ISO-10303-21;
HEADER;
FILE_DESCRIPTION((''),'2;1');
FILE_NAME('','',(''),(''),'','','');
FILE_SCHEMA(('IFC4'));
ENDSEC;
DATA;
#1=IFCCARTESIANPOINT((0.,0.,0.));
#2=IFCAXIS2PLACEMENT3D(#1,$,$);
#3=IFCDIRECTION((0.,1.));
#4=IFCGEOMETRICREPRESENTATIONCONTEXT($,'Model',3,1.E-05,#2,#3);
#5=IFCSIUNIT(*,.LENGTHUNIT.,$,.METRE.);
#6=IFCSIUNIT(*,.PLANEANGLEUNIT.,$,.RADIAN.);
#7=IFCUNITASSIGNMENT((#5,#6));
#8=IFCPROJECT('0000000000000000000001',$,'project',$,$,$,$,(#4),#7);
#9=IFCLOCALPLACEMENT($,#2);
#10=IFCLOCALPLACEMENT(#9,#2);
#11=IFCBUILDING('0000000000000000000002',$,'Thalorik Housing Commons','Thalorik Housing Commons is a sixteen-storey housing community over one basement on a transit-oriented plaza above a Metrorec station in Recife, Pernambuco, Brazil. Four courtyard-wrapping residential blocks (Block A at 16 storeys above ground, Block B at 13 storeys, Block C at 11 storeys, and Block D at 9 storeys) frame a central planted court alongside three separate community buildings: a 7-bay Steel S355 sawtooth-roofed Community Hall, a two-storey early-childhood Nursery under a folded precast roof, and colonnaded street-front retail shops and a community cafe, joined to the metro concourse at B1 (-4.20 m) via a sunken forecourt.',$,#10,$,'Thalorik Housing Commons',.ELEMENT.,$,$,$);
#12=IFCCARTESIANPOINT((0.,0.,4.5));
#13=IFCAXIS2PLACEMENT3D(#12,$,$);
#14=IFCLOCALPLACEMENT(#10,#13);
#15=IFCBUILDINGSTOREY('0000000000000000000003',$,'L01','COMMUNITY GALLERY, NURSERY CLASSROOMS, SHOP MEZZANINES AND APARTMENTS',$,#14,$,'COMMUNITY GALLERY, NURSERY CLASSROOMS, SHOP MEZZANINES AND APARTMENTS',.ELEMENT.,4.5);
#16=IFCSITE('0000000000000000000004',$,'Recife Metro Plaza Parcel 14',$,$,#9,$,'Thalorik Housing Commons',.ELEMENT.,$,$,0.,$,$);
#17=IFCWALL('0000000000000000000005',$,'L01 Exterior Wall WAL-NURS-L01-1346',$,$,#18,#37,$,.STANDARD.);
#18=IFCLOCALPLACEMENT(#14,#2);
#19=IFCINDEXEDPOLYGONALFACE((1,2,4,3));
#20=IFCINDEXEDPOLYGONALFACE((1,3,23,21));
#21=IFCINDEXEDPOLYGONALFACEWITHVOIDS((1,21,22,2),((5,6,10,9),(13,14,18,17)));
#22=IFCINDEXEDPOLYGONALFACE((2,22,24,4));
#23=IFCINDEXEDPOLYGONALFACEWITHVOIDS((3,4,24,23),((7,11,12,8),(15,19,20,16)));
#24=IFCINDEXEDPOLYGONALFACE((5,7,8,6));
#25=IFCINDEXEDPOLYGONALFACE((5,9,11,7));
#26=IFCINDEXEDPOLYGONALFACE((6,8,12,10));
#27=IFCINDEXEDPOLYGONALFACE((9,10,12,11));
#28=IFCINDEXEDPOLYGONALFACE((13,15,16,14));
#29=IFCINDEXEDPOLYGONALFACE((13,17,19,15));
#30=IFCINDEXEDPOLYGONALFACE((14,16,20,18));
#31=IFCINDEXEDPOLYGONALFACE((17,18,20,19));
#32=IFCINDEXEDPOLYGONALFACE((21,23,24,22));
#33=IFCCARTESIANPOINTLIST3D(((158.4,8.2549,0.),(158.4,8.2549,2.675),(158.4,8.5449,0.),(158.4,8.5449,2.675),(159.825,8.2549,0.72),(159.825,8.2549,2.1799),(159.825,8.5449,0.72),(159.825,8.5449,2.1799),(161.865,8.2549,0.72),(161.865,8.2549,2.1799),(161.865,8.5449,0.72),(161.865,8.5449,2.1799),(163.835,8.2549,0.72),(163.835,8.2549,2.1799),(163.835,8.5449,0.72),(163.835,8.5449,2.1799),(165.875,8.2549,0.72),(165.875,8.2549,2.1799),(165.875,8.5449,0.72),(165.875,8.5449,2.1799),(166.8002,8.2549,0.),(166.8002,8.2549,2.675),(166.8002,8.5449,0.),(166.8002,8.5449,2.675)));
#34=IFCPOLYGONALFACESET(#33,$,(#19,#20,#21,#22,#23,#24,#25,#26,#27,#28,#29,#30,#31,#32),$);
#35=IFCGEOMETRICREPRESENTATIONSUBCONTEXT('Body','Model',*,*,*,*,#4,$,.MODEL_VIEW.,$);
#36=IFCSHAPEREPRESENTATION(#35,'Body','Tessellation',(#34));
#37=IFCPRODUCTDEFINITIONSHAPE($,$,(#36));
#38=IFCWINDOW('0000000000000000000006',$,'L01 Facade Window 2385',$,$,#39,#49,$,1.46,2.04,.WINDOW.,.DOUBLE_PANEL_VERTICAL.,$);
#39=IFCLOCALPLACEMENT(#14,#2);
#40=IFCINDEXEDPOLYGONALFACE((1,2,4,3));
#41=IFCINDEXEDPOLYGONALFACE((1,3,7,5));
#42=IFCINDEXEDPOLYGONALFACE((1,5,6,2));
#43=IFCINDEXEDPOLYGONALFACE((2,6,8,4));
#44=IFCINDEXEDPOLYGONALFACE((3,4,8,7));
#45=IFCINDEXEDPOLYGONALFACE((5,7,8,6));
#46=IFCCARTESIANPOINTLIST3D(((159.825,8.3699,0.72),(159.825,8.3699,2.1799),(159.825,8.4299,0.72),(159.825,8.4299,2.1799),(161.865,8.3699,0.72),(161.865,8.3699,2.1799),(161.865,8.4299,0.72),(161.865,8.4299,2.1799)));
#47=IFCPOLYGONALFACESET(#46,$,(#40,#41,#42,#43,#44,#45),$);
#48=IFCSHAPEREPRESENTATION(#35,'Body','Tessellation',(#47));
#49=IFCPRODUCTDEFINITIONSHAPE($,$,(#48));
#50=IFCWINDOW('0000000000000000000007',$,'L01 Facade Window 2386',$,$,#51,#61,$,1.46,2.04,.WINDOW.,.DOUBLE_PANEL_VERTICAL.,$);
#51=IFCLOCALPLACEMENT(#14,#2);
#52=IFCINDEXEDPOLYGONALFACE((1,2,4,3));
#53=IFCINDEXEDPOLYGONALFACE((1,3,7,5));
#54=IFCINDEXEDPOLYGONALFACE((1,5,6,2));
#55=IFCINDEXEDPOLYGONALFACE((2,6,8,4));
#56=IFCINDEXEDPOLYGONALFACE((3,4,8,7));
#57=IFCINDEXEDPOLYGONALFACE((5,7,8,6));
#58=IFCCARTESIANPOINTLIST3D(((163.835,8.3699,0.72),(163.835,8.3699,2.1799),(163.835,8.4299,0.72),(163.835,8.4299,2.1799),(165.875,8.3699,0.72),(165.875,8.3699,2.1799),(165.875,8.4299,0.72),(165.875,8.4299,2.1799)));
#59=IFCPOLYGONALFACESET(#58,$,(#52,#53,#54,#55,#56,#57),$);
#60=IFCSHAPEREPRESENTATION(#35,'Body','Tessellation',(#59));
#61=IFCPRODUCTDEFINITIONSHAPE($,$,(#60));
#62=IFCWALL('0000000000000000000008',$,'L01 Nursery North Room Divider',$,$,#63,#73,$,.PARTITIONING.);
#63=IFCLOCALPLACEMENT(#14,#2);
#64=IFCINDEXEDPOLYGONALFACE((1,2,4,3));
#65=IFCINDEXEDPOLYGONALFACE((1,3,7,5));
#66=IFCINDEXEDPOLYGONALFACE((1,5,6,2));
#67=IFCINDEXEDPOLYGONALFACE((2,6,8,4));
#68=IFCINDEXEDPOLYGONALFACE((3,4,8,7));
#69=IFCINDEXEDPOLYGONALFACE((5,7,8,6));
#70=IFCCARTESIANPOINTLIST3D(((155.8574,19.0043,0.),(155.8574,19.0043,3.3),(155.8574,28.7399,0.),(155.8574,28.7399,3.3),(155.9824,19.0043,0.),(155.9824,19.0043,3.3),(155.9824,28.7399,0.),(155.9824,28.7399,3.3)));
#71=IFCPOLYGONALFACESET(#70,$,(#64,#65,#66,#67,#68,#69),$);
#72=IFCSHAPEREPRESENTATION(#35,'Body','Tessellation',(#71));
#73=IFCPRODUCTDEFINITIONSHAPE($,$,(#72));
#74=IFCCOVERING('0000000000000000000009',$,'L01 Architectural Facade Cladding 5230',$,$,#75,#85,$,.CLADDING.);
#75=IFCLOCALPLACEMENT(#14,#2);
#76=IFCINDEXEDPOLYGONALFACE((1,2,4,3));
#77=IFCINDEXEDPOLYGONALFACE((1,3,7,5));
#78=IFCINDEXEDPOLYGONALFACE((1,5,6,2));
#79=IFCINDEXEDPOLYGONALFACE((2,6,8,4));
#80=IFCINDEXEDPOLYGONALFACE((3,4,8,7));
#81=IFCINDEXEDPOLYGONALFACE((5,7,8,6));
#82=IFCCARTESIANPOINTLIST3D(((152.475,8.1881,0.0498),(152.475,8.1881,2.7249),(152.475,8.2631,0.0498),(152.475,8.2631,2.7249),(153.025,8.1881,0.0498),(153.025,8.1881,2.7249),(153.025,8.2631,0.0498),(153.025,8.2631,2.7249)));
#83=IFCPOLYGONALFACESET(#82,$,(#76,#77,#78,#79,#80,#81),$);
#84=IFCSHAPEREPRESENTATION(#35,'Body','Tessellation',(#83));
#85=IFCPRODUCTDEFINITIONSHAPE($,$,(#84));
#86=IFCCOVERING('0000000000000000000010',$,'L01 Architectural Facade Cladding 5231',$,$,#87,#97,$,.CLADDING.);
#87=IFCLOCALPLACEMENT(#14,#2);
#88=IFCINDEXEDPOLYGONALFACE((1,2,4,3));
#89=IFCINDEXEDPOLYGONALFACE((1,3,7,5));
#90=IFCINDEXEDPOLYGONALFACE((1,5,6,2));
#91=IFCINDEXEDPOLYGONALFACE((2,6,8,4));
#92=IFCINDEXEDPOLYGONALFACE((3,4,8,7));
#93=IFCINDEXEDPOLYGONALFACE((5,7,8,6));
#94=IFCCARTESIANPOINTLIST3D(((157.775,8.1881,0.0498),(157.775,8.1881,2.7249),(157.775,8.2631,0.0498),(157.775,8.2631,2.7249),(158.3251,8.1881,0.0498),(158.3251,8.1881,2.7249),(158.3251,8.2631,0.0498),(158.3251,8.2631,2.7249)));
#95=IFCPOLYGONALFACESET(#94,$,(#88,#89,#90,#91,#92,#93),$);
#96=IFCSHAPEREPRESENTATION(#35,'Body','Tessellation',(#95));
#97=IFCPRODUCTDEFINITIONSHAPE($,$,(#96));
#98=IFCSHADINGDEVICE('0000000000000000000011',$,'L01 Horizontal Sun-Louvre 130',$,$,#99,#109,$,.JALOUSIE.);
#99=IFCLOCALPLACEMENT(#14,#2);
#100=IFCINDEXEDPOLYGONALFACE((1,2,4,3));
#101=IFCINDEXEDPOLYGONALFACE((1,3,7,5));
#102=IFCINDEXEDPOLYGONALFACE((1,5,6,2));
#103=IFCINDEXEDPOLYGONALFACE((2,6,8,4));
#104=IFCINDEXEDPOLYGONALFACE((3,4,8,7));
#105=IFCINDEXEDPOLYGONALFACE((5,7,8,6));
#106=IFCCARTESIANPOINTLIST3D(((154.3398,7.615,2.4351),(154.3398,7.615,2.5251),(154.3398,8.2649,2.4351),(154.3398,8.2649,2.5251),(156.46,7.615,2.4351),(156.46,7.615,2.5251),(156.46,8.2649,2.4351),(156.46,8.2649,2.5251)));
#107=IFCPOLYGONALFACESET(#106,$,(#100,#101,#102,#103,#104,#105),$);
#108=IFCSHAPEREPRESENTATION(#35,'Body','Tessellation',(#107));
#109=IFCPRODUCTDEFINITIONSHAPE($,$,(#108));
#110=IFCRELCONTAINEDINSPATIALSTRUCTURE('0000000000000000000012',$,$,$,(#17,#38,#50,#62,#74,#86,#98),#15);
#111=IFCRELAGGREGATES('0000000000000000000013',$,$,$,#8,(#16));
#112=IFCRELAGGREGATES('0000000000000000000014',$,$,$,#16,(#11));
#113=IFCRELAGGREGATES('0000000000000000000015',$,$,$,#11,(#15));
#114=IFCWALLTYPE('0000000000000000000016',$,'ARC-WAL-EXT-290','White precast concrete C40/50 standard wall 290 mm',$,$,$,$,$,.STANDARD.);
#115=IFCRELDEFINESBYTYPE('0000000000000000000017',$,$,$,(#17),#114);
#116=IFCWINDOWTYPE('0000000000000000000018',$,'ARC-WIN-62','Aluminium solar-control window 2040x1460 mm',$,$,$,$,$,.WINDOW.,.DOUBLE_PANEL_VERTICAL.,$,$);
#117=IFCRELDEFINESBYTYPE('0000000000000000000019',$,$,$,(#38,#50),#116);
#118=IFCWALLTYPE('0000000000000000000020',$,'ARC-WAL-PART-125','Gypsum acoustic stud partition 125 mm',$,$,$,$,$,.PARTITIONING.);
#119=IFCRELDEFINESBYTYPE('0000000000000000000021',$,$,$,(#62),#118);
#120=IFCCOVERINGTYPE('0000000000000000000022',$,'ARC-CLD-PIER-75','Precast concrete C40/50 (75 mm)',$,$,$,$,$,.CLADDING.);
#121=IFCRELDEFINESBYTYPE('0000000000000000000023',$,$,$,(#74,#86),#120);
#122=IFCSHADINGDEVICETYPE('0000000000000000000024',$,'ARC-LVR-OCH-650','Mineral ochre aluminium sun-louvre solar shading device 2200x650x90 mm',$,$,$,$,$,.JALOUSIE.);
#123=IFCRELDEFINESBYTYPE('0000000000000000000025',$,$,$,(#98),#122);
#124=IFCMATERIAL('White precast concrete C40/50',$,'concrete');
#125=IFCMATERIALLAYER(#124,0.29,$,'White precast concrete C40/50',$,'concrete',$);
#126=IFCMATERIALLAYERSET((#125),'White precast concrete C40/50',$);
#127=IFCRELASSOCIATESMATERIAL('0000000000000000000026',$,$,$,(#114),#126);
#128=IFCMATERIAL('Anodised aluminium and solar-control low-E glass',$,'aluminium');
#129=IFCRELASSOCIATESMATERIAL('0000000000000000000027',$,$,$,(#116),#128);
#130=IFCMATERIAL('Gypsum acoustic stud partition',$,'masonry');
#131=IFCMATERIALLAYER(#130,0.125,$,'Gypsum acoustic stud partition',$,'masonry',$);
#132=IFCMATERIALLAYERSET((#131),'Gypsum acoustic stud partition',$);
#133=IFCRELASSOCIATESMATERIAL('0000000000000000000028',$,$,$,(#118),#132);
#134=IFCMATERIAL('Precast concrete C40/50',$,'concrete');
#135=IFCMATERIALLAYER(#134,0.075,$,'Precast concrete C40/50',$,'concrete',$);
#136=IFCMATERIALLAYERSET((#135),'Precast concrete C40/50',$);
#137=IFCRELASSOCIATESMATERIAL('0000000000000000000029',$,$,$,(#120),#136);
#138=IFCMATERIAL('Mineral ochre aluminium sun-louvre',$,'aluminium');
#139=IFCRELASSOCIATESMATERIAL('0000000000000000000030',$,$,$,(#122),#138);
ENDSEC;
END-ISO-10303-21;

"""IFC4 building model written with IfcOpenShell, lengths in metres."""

from ifc_helpers import new_model, si_unit, direction, frame, frame_2d, origin, origin_2d, place, context, subcontext, project, spatial, rectangle, extrude, material, layer, layer_set, type_object, element, fill, save


model = new_model("IFC4")

# Units and contexts
model_context = context("Model", 3, precision=1e-05, world=origin(), true_north=direction((0.0, 1.0)))
body_context = subcontext(model_context, "Body", "Model", "MODEL_VIEW")
ifc_project = project(units=[si_unit("LENGTHUNIT", "METRE"), si_unit("PLANEANGLEUNIT", "RADIAN")], contexts=[model_context])

# Site, building, storey
site_placement = place(None, origin())
site = spatial("IfcSite", under=ifc_project, at=site_placement, Name="Recife Metro Plaza Parcel 14", LongName="Thalorik Housing Commons", CompositionType="ELEMENT", RefElevation=0.0)
building_placement = place(site_placement, origin())
building = spatial("IfcBuilding", under=site, at=building_placement, Name="Thalorik Housing Commons", Description="Thalorik Housing Commons is a sixteen-storey housing community over one basement on a transit-oriented plaza above a Metrorec station in Recife, Pernambuco, Brazil. Four courtyard-wrapping residential blocks (Block A at 16 storeys above ground, Block B at 13 storeys, Block C at 11 storeys, and Block D at 9 storeys) frame a central planted court alongside three separate community buildings: a 7-bay Steel S355 sawtooth-roofed Community Hall, a two-storey early-childhood Nursery under a folded precast roof, and colonnaded street-front retail shops and a community cafe, joined to the metro concourse at B1 (-4.20 m) via a sunken forecourt.", LongName="Thalorik Housing Commons", CompositionType="ELEMENT")
storey_placement = place(building_placement, frame((0.0, 0.0, 4.5)))
storey = spatial("IfcBuildingStorey", under=building, at=storey_placement, Name="L01", Description="COMMUNITY GALLERY, NURSERY CLASSROOMS, SHOP MEZZANINES AND APARTMENTS", LongName="COMMUNITY GALLERY, NURSERY CLASSROOMS, SHOP MEZZANINES AND APARTMENTS", CompositionType="ELEMENT", Elevation=4.5)

# Shared definitions
ifc_material_1 = material(Name="Precast concrete C40/50", Category="concrete")

# Shared definitions
ifc_material_2 = material(Name="White precast concrete C40/50", Category="concrete")
ifc_layer_1 = layer(ifc_material_2, 0.29, Name="White precast concrete C40/50", Category="concrete")
ifc_layer_set_1 = layer_set([ifc_layer_1], Name="White precast concrete C40/50")
wall_type_1 = type_object("IfcWallType", Name="ARC-WAL-EXT-290", Description="White precast concrete C40/50 standard wall 290 mm", PredefinedType="STANDARD", material=ifc_layer_set_1)
ifc_material_3 = material(Name="Anodised aluminium and solar-control low-E glass", Category="aluminium")

# Wall, openings, windows
wall_1_placement = place(storey_placement, frame((158.3999, 8.3999, 0.0), z_axis=(0.0, 0.0, 1.0), x_axis=(1.0, 0.0, 0.0)))
wall_1 = element("IfcWall", 1, at=wall_1_placement, inside=storey, type_object=wall_type_1, Name="L01 Exterior Wall WAL-NURS-L01-1346", PredefinedType="STANDARD", context=body_context, shape_type="SweptSolid", body=[
    extrude(rectangle(XDim=8.4001, YDim=0.29, at=frame_2d((4.2002, 0.0))), origin(), (0.0, 0.0, 1.0), 2.675),
])
opening_1_placement = place(wall_1_placement, frame((1.425, 0.0, 0.72)))
opening_1 = element("IfcOpeningElement", 2, at=opening_1_placement, cuts=wall_1, PredefinedType="OPENING", context=body_context, shape_type="SweptSolid", body=[
    extrude(rectangle(XDim=2.04, YDim=1.46, at=frame_2d((1.02, 0.73))), frame((0.0, 0.155, 0.0), z_axis=(0.0, -1.0, 0.0), x_axis=(1.0, 0.0, 0.0)), (0.0, 0.0, 1.0), 0.3101),
])
opening_2_placement = place(wall_1_placement, frame((5.4351, 0.0, 0.72)))
opening_2 = element("IfcOpeningElement", 3, at=opening_2_placement, cuts=wall_1, PredefinedType="OPENING", context=body_context, shape_type="SweptSolid", body=[
    extrude(rectangle(XDim=2.04, YDim=1.46, at=frame_2d((1.02, 0.73))), frame((0.0, 0.155, 0.0), z_axis=(0.0, -1.0, 0.0), x_axis=(1.0, 0.0, 0.0)), (0.0, 0.0, 1.0), 0.3101),
])
window_type_1 = type_object("IfcWindowType", Name="ARC-WIN-62", Description="Aluminium solar-control window 2040x1460 mm", PartitioningType="DOUBLE_PANEL_VERTICAL", PredefinedType="WINDOW", material=ifc_material_3)
window_1_placement = place(opening_1_placement, origin())
window_1 = element("IfcWindow", 4, at=window_1_placement, inside=storey, type_object=window_type_1, Name="L01 Facade Window 2385", OverallHeight=1.46, OverallWidth=2.04, PartitioningType="DOUBLE_PANEL_VERTICAL", PredefinedType="WINDOW", context=body_context, shape_type="SweptSolid", body=[
    extrude(rectangle(XDim=2.04, YDim=1.46, at=frame_2d((1.02, 0.73))), frame((0.0, 0.03, 0.0), z_axis=(0.0, -1.0, 0.0), x_axis=(1.0, 0.0, 0.0)), (0.0, 0.0, 1.0), 0.0601),
])
fill(opening_1, window_1)
window_2_placement = place(opening_2_placement, origin())
window_2 = element("IfcWindow", 5, at=window_2_placement, inside=storey, type_object=window_type_1, Name="L01 Facade Window 2386", OverallHeight=1.46, OverallWidth=2.04, PartitioningType="DOUBLE_PANEL_VERTICAL", PredefinedType="WINDOW", context=body_context, shape_type="SweptSolid", body=[
    extrude(rectangle(XDim=2.04, YDim=1.46, at=frame_2d((1.02, 0.73))), frame((0.0, 0.03, 0.0), z_axis=(0.0, -1.0, 0.0), x_axis=(1.0, 0.0, 0.0)), (0.0, 0.0, 1.0), 0.0601),
])
fill(opening_2, window_2)

# Wall
ifc_material_4 = material(Name="Gypsum acoustic stud partition", Category="masonry")
ifc_layer_2 = layer(ifc_material_4, 0.125, Name="Gypsum acoustic stud partition", Category="masonry")
ifc_layer_set_2 = layer_set([ifc_layer_2], Name="Gypsum acoustic stud partition")
wall_type_2 = type_object("IfcWallType", Name="ARC-WAL-PART-125", Description="Gypsum acoustic stud partition 125 mm", PredefinedType="PARTITIONING", material=ifc_layer_set_2)
wall_2_placement = place(storey_placement, frame((155.9199, 19.0044, 0.0), z_axis=(0.0, 0.0, 1.0), x_axis=(0.0, 1.0, 0.0)))
element("IfcWall", 6, at=wall_2_placement, inside=storey, type_object=wall_type_2, Name="L01 Nursery North Room Divider", PredefinedType="PARTITIONING", context=body_context, shape_type="SweptSolid", body=[
    extrude(rectangle(XDim=9.7356, YDim=0.125, at=frame_2d((4.8677, 0.0))), origin(), (0.0, 0.0, 1.0), 3.3),
])

# Coverings
ifc_layer_3 = layer(ifc_material_1, 0.075, Name="Precast concrete C40/50", Category="concrete")
ifc_layer_set_3 = layer_set([ifc_layer_3], Name="Precast concrete C40/50")
covering_type = type_object("IfcCoveringType", Name="ARC-CLD-PIER-75", Description="Precast concrete C40/50 (75 mm)", PredefinedType="CLADDING", material=ifc_layer_set_3)
for number, where, z_axis, x_axis, name in (
    (7, (152.75, 8.2256, 0.0498), (0.0, 0.0, 1.0), (1.0, 0.0, 0.0), "L01 Architectural Facade Cladding 5230"),
    (8, (158.05, 8.2256, 0.0498), (0.0, 0.0, 1.0), (1.0, 0.0, 0.0), "L01 Architectural Facade Cladding 5231"),
):
    element("IfcCovering", number, at=place(storey_placement, frame(where, z_axis=z_axis, x_axis=x_axis)), inside=storey, type_object=covering_type, Name=name, PredefinedType="CLADDING", context=body_context, shape_type="SweptSolid", body=[
        extrude(rectangle(XDim=0.55, YDim=0.075, at=origin_2d()), origin(), (0.0, 0.0, 1.0), 2.675),
    ])

# Shading device
ifc_material_5 = material(Name="Mineral ochre aluminium sun-louvre", Category="aluminium")
shading_device_type = type_object("IfcShadingDeviceType", Name="ARC-LVR-OCH-650", Description="Mineral ochre aluminium sun-louvre solar shading device 2200x650x90 mm", PredefinedType="JALOUSIE", material=ifc_material_5)
shading_device_placement = place(storey_placement, frame((155.3999, 7.9399, 2.4351), z_axis=(0.0, 0.0, 1.0), x_axis=(1.0, 0.0, 0.0)))
element("IfcShadingDevice", 9, at=shading_device_placement, inside=storey, type_object=shading_device_type, Name="L01 Horizontal Sun-Louvre 130", PredefinedType="JALOUSIE", context=body_context, shape_type="SweptSolid", body=[
    extrude(rectangle(XDim=2.1201, YDim=0.6499, at=origin_2d()), origin(), (0.0, 0.0, 1.0), 0.0901),
])

save(model, "model.ifc")
